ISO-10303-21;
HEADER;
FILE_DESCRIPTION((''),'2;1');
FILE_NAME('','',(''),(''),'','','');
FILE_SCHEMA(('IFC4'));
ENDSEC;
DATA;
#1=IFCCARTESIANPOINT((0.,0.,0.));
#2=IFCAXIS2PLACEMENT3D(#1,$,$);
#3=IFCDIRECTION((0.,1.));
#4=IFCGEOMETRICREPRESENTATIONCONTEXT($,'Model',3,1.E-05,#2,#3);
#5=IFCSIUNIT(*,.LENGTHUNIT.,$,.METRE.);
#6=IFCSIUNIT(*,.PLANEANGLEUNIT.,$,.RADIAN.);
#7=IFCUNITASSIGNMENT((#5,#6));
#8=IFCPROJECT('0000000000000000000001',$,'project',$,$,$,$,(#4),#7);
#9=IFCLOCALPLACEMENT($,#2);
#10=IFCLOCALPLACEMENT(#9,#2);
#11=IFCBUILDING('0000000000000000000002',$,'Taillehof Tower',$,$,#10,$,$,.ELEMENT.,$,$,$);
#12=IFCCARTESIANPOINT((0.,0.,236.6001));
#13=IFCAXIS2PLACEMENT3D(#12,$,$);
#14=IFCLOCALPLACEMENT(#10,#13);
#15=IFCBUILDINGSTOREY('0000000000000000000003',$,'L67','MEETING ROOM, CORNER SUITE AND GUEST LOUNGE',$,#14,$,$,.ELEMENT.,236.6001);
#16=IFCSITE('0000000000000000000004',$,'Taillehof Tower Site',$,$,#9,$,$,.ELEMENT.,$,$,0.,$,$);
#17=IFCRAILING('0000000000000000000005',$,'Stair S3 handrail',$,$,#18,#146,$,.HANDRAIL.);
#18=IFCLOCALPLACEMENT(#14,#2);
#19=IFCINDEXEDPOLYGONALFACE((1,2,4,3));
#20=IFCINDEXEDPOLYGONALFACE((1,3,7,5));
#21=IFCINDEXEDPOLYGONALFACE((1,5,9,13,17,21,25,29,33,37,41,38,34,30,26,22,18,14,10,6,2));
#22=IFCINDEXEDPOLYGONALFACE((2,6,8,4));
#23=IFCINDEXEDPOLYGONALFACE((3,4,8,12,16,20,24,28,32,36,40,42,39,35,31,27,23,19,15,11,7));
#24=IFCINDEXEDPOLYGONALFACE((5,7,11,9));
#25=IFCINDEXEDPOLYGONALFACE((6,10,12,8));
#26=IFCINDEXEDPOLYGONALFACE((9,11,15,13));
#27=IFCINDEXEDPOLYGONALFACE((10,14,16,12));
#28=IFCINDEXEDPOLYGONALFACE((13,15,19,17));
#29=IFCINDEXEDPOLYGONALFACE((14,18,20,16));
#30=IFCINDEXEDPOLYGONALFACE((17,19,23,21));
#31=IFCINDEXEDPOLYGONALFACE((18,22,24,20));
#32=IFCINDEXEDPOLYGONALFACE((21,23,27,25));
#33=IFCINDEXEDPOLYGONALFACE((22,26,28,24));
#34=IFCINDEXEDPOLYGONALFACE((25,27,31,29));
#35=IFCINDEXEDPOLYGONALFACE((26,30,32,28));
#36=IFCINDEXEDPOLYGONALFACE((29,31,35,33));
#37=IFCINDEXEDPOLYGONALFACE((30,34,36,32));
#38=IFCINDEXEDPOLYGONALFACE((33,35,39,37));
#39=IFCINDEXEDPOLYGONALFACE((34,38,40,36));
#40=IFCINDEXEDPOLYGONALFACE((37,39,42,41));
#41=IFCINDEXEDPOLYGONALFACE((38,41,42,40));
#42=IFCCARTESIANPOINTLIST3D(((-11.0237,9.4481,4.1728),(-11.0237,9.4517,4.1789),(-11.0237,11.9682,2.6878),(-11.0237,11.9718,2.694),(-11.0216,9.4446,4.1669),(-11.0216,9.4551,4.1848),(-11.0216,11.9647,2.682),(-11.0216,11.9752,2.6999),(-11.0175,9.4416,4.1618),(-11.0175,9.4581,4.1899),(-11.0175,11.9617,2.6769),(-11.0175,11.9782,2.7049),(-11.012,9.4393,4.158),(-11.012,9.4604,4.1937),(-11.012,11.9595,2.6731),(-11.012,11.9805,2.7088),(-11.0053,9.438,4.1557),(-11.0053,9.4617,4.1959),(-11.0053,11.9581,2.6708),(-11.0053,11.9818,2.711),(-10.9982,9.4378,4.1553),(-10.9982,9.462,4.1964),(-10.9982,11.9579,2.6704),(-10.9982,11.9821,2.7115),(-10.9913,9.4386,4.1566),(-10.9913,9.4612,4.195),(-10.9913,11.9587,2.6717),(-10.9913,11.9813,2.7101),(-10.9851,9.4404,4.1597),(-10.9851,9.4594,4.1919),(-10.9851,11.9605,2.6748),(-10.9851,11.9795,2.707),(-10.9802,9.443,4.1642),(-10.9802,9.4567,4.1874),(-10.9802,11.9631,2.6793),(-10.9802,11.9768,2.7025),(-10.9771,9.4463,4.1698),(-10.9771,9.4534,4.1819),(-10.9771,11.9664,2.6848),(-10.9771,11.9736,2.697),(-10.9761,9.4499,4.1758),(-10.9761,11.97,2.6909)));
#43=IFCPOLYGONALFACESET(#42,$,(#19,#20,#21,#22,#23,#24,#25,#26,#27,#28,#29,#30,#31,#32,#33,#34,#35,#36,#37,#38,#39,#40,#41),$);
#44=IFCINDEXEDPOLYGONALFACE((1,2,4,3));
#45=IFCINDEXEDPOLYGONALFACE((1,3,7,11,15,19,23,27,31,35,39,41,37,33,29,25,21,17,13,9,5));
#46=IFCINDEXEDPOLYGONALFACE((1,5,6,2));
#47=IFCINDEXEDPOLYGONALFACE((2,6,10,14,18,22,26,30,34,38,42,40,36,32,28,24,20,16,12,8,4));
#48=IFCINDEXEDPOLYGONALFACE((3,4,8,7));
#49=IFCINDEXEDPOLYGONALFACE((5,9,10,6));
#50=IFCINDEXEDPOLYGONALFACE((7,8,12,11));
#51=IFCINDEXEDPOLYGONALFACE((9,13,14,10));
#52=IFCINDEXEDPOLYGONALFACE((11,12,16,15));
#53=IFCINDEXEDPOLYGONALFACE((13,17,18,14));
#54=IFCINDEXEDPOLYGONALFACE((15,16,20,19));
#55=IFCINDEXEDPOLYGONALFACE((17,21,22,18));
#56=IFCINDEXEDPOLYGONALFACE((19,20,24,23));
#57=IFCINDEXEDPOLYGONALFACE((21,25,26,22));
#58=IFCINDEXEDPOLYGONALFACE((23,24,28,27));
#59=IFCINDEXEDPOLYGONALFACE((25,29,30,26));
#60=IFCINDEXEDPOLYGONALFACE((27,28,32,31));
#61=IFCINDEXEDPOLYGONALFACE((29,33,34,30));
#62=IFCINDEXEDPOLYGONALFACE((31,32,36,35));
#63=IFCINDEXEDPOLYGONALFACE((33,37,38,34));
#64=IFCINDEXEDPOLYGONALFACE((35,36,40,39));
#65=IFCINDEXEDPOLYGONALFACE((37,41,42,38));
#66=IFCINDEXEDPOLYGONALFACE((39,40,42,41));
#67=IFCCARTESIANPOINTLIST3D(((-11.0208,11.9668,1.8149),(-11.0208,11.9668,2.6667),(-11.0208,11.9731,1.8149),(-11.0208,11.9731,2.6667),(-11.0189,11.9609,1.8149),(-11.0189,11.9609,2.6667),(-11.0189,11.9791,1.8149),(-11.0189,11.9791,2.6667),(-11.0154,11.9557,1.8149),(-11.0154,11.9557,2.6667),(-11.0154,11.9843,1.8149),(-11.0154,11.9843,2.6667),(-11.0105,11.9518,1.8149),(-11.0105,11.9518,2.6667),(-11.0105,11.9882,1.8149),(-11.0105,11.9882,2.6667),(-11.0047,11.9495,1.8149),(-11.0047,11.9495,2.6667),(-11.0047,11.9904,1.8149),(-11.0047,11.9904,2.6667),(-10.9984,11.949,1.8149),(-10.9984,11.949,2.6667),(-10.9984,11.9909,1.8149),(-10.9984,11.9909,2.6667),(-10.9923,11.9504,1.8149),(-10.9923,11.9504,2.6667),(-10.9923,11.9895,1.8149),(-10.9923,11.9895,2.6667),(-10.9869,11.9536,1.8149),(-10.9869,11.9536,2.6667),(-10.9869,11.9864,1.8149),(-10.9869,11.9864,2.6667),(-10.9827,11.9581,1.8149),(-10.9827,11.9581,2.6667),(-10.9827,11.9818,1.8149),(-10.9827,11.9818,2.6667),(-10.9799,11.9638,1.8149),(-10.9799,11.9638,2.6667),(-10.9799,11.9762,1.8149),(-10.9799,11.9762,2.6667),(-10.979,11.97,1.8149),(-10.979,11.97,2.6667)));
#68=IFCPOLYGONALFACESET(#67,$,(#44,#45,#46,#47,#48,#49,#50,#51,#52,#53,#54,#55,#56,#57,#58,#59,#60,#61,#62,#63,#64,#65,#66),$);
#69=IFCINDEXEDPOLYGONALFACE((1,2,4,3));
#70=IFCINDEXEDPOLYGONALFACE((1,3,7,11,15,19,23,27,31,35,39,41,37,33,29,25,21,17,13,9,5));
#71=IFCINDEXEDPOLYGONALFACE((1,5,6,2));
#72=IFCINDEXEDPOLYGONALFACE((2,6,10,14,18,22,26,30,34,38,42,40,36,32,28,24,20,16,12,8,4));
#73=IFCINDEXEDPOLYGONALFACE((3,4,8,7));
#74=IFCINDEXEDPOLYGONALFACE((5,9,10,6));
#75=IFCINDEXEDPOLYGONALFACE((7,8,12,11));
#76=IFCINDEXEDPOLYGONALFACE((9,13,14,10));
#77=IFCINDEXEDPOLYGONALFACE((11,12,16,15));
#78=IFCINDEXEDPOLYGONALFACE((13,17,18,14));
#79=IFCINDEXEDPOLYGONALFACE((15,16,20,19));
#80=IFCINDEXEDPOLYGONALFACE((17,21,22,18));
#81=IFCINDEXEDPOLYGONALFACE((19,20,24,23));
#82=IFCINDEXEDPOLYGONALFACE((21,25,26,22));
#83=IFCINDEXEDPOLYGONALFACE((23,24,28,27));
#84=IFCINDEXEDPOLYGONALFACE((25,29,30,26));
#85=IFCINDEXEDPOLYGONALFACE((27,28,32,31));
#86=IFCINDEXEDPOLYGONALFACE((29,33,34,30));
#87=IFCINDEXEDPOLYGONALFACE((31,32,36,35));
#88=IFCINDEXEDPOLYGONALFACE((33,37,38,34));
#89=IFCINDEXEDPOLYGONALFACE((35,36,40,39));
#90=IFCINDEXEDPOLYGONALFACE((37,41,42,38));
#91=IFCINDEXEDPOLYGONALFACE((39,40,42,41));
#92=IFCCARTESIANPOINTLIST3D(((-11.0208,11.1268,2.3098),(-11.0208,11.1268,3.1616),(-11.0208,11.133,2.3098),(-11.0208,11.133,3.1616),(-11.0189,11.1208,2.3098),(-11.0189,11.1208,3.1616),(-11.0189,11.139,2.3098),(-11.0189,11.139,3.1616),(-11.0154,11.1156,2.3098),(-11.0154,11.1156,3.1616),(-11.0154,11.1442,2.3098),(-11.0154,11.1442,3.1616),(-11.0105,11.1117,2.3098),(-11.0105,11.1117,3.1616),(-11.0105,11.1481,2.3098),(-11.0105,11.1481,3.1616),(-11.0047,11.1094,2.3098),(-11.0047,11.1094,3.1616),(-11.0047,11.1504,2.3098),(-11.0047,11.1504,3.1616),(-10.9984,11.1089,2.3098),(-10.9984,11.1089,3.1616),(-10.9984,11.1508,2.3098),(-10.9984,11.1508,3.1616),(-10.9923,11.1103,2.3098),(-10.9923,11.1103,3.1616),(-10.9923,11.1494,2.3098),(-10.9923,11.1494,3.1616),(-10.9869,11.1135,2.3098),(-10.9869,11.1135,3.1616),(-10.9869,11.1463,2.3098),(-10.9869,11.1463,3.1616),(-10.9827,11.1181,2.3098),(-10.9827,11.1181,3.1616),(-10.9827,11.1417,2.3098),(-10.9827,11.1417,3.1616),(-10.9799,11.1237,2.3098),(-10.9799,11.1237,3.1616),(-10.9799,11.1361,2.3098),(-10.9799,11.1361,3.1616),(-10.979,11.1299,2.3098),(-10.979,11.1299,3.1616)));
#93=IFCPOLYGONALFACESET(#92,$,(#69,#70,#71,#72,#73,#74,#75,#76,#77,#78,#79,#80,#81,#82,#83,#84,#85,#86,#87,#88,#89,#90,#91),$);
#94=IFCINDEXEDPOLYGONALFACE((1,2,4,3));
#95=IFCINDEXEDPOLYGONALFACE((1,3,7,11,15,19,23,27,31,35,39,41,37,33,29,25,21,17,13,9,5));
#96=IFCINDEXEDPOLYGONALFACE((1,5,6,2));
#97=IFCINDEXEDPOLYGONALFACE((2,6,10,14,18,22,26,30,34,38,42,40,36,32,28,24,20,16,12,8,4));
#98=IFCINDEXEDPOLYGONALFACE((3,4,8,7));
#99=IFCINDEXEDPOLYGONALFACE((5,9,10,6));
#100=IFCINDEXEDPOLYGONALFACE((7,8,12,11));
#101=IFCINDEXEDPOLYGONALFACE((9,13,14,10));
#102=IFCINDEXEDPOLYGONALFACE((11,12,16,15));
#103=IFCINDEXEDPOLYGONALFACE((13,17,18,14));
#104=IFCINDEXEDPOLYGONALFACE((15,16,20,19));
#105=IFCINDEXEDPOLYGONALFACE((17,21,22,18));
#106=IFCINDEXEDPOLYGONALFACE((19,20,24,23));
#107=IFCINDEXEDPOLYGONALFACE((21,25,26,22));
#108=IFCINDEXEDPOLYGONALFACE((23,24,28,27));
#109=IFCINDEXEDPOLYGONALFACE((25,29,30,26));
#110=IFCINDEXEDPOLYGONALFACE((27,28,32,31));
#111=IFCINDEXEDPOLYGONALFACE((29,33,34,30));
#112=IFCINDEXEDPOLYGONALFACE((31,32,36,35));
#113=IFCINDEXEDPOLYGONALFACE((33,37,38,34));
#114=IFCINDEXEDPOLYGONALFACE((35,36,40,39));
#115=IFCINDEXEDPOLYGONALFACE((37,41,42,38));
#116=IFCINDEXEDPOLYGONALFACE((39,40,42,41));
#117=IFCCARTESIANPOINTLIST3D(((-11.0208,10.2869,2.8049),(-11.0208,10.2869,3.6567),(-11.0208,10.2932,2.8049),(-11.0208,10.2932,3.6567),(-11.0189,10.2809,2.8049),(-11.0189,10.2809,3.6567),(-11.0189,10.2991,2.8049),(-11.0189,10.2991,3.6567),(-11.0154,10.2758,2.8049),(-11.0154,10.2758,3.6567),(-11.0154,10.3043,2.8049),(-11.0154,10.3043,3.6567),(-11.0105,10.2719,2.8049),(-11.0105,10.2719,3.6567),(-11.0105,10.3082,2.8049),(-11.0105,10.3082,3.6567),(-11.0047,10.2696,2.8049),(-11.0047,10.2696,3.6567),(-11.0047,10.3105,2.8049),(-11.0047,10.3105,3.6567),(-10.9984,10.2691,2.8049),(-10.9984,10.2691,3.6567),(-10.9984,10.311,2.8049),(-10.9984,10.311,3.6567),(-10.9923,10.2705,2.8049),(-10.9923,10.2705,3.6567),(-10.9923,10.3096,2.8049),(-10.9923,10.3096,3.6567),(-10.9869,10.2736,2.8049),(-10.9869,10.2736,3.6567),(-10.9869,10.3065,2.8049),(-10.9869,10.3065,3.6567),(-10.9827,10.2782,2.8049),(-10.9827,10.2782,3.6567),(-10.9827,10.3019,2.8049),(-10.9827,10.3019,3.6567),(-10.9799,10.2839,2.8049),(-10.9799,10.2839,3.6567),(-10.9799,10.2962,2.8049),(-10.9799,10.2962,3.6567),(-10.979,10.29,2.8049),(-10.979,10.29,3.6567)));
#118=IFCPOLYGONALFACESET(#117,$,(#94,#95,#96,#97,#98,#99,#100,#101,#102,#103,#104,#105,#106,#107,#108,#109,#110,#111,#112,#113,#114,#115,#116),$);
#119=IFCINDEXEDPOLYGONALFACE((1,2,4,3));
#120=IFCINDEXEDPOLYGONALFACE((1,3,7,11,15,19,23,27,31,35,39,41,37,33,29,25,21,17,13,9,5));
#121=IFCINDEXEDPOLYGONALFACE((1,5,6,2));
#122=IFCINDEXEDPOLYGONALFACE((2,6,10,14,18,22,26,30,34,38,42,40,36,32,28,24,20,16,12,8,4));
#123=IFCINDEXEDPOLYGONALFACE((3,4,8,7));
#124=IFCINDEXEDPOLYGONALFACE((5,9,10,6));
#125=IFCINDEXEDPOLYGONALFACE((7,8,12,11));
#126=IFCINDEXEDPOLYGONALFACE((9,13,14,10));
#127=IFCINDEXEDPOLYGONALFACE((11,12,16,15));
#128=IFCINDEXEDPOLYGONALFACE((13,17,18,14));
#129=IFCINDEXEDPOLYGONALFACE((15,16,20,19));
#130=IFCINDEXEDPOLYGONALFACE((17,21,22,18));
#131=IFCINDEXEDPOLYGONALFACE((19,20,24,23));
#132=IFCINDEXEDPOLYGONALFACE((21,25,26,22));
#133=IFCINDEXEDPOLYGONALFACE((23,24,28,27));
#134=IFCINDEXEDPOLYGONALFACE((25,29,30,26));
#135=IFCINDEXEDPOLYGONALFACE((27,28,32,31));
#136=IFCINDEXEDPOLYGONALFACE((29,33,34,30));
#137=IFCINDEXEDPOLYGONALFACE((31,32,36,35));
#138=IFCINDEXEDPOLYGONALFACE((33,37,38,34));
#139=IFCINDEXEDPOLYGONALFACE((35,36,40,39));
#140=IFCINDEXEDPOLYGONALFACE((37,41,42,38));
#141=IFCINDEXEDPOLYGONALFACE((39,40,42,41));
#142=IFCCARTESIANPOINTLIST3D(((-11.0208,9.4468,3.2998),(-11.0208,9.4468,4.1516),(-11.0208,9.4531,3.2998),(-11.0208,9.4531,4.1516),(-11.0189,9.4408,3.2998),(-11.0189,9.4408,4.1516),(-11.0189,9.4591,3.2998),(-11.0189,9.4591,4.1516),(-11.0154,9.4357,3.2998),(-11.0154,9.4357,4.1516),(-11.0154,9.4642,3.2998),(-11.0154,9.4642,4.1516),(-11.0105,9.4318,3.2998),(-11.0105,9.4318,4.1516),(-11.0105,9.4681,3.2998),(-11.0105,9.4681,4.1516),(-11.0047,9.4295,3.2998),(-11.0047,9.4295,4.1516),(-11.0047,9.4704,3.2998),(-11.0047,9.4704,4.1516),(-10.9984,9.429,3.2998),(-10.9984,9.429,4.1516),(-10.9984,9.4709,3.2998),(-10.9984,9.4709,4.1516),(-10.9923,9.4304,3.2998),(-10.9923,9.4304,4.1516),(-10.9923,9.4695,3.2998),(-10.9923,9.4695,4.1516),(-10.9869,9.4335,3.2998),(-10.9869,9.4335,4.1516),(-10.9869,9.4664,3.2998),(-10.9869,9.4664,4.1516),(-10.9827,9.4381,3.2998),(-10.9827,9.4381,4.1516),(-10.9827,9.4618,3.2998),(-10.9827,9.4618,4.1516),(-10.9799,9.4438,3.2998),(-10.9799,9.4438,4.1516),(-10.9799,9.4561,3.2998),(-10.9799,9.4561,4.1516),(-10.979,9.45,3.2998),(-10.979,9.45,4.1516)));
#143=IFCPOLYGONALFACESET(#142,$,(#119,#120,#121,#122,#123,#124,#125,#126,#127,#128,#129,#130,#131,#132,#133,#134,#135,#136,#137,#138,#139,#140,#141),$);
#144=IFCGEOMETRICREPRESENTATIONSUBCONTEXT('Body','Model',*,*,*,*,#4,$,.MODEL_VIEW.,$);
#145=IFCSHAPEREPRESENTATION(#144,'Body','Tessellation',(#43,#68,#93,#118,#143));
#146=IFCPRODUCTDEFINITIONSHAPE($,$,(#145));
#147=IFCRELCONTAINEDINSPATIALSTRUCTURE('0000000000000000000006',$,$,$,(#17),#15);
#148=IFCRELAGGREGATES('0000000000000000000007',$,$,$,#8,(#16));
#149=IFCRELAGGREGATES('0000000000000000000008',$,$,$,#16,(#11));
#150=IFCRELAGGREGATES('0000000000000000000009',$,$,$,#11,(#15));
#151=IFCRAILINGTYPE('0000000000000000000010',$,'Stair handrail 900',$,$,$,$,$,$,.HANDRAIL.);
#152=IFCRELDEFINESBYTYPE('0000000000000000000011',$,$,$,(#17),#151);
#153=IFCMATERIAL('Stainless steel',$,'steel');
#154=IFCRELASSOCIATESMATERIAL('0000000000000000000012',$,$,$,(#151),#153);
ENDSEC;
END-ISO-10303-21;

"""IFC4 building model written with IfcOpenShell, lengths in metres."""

from ifc_helpers import new_model, si_unit, direction, frame, origin, origin_2d, place, context, subcontext, project, spatial, circle, extrude, material, type_object, element, save


model = new_model("IFC4")

# Units and contexts
model_context = context("Model", 3, precision=1e-05, world=origin(), true_north=direction((0.0, 1.0)))
body_context = subcontext(model_context, "Body", "Model", "MODEL_VIEW")
ifc_project = project(units=[si_unit("LENGTHUNIT", "METRE"), si_unit("PLANEANGLEUNIT", "RADIAN")], contexts=[model_context])

# Site, building, storey
site_placement = place(None, origin())
site = spatial("IfcSite", under=ifc_project, at=site_placement, Name="Taillehof Tower Site", CompositionType="ELEMENT", RefElevation=0.0)
building_placement = place(site_placement, origin())
building = spatial("IfcBuilding", under=site, at=building_placement, Name="Taillehof Tower", CompositionType="ELEMENT")
storey_placement = place(building_placement, frame((0.0, 0.0, 236.6001)))
storey = spatial("IfcBuildingStorey", under=building, at=storey_placement, Name="L67", Description="MEETING ROOM, CORNER SUITE AND GUEST LOUNGE", CompositionType="ELEMENT", Elevation=236.6001)

# Railing
ifc_material_1 = material(Name="Stainless steel", Category="steel")
railing_type = type_object("IfcRailingType", Name="Stair handrail 900", PredefinedType="HANDRAIL", material=ifc_material_1)
railing_placement = place(storey_placement, frame((-11.0, 11.97, 1.8149)))
element("IfcRailing", 1, at=railing_placement, inside=storey, type_object=railing_type, Name="Stair S3 handrail", PredefinedType="HANDRAIL", context=body_context, shape_type="SweptSolid", body=[
    extrude(circle(Radius=0.0239, at=origin_2d()), frame((0.0, 0.0, 0.876), z_axis=(0.0, -0.861561, 0.507655), x_axis=(1.0, 0.0, 0.0)), (0.0, 0.0, 1.0), 2.925),
    extrude(circle(Radius=0.021, at=origin_2d()), origin(), (0.0, 0.0, 1.0), 0.8518),
    extrude(circle(Radius=0.021, at=origin_2d()), frame((0.0, -0.8401, 0.4949)), (0.0, 0.0, 1.0), 0.8518),
    extrude(circle(Radius=0.021, at=origin_2d()), frame((0.0, -1.6799, 0.99)), (0.0, 0.0, 1.0), 0.8518),
    extrude(circle(Radius=0.021, at=origin_2d()), frame((0.0, -2.52, 1.4849)), (0.0, 0.0, 1.0), 0.8518),
])

save(model, "model.ifc")
